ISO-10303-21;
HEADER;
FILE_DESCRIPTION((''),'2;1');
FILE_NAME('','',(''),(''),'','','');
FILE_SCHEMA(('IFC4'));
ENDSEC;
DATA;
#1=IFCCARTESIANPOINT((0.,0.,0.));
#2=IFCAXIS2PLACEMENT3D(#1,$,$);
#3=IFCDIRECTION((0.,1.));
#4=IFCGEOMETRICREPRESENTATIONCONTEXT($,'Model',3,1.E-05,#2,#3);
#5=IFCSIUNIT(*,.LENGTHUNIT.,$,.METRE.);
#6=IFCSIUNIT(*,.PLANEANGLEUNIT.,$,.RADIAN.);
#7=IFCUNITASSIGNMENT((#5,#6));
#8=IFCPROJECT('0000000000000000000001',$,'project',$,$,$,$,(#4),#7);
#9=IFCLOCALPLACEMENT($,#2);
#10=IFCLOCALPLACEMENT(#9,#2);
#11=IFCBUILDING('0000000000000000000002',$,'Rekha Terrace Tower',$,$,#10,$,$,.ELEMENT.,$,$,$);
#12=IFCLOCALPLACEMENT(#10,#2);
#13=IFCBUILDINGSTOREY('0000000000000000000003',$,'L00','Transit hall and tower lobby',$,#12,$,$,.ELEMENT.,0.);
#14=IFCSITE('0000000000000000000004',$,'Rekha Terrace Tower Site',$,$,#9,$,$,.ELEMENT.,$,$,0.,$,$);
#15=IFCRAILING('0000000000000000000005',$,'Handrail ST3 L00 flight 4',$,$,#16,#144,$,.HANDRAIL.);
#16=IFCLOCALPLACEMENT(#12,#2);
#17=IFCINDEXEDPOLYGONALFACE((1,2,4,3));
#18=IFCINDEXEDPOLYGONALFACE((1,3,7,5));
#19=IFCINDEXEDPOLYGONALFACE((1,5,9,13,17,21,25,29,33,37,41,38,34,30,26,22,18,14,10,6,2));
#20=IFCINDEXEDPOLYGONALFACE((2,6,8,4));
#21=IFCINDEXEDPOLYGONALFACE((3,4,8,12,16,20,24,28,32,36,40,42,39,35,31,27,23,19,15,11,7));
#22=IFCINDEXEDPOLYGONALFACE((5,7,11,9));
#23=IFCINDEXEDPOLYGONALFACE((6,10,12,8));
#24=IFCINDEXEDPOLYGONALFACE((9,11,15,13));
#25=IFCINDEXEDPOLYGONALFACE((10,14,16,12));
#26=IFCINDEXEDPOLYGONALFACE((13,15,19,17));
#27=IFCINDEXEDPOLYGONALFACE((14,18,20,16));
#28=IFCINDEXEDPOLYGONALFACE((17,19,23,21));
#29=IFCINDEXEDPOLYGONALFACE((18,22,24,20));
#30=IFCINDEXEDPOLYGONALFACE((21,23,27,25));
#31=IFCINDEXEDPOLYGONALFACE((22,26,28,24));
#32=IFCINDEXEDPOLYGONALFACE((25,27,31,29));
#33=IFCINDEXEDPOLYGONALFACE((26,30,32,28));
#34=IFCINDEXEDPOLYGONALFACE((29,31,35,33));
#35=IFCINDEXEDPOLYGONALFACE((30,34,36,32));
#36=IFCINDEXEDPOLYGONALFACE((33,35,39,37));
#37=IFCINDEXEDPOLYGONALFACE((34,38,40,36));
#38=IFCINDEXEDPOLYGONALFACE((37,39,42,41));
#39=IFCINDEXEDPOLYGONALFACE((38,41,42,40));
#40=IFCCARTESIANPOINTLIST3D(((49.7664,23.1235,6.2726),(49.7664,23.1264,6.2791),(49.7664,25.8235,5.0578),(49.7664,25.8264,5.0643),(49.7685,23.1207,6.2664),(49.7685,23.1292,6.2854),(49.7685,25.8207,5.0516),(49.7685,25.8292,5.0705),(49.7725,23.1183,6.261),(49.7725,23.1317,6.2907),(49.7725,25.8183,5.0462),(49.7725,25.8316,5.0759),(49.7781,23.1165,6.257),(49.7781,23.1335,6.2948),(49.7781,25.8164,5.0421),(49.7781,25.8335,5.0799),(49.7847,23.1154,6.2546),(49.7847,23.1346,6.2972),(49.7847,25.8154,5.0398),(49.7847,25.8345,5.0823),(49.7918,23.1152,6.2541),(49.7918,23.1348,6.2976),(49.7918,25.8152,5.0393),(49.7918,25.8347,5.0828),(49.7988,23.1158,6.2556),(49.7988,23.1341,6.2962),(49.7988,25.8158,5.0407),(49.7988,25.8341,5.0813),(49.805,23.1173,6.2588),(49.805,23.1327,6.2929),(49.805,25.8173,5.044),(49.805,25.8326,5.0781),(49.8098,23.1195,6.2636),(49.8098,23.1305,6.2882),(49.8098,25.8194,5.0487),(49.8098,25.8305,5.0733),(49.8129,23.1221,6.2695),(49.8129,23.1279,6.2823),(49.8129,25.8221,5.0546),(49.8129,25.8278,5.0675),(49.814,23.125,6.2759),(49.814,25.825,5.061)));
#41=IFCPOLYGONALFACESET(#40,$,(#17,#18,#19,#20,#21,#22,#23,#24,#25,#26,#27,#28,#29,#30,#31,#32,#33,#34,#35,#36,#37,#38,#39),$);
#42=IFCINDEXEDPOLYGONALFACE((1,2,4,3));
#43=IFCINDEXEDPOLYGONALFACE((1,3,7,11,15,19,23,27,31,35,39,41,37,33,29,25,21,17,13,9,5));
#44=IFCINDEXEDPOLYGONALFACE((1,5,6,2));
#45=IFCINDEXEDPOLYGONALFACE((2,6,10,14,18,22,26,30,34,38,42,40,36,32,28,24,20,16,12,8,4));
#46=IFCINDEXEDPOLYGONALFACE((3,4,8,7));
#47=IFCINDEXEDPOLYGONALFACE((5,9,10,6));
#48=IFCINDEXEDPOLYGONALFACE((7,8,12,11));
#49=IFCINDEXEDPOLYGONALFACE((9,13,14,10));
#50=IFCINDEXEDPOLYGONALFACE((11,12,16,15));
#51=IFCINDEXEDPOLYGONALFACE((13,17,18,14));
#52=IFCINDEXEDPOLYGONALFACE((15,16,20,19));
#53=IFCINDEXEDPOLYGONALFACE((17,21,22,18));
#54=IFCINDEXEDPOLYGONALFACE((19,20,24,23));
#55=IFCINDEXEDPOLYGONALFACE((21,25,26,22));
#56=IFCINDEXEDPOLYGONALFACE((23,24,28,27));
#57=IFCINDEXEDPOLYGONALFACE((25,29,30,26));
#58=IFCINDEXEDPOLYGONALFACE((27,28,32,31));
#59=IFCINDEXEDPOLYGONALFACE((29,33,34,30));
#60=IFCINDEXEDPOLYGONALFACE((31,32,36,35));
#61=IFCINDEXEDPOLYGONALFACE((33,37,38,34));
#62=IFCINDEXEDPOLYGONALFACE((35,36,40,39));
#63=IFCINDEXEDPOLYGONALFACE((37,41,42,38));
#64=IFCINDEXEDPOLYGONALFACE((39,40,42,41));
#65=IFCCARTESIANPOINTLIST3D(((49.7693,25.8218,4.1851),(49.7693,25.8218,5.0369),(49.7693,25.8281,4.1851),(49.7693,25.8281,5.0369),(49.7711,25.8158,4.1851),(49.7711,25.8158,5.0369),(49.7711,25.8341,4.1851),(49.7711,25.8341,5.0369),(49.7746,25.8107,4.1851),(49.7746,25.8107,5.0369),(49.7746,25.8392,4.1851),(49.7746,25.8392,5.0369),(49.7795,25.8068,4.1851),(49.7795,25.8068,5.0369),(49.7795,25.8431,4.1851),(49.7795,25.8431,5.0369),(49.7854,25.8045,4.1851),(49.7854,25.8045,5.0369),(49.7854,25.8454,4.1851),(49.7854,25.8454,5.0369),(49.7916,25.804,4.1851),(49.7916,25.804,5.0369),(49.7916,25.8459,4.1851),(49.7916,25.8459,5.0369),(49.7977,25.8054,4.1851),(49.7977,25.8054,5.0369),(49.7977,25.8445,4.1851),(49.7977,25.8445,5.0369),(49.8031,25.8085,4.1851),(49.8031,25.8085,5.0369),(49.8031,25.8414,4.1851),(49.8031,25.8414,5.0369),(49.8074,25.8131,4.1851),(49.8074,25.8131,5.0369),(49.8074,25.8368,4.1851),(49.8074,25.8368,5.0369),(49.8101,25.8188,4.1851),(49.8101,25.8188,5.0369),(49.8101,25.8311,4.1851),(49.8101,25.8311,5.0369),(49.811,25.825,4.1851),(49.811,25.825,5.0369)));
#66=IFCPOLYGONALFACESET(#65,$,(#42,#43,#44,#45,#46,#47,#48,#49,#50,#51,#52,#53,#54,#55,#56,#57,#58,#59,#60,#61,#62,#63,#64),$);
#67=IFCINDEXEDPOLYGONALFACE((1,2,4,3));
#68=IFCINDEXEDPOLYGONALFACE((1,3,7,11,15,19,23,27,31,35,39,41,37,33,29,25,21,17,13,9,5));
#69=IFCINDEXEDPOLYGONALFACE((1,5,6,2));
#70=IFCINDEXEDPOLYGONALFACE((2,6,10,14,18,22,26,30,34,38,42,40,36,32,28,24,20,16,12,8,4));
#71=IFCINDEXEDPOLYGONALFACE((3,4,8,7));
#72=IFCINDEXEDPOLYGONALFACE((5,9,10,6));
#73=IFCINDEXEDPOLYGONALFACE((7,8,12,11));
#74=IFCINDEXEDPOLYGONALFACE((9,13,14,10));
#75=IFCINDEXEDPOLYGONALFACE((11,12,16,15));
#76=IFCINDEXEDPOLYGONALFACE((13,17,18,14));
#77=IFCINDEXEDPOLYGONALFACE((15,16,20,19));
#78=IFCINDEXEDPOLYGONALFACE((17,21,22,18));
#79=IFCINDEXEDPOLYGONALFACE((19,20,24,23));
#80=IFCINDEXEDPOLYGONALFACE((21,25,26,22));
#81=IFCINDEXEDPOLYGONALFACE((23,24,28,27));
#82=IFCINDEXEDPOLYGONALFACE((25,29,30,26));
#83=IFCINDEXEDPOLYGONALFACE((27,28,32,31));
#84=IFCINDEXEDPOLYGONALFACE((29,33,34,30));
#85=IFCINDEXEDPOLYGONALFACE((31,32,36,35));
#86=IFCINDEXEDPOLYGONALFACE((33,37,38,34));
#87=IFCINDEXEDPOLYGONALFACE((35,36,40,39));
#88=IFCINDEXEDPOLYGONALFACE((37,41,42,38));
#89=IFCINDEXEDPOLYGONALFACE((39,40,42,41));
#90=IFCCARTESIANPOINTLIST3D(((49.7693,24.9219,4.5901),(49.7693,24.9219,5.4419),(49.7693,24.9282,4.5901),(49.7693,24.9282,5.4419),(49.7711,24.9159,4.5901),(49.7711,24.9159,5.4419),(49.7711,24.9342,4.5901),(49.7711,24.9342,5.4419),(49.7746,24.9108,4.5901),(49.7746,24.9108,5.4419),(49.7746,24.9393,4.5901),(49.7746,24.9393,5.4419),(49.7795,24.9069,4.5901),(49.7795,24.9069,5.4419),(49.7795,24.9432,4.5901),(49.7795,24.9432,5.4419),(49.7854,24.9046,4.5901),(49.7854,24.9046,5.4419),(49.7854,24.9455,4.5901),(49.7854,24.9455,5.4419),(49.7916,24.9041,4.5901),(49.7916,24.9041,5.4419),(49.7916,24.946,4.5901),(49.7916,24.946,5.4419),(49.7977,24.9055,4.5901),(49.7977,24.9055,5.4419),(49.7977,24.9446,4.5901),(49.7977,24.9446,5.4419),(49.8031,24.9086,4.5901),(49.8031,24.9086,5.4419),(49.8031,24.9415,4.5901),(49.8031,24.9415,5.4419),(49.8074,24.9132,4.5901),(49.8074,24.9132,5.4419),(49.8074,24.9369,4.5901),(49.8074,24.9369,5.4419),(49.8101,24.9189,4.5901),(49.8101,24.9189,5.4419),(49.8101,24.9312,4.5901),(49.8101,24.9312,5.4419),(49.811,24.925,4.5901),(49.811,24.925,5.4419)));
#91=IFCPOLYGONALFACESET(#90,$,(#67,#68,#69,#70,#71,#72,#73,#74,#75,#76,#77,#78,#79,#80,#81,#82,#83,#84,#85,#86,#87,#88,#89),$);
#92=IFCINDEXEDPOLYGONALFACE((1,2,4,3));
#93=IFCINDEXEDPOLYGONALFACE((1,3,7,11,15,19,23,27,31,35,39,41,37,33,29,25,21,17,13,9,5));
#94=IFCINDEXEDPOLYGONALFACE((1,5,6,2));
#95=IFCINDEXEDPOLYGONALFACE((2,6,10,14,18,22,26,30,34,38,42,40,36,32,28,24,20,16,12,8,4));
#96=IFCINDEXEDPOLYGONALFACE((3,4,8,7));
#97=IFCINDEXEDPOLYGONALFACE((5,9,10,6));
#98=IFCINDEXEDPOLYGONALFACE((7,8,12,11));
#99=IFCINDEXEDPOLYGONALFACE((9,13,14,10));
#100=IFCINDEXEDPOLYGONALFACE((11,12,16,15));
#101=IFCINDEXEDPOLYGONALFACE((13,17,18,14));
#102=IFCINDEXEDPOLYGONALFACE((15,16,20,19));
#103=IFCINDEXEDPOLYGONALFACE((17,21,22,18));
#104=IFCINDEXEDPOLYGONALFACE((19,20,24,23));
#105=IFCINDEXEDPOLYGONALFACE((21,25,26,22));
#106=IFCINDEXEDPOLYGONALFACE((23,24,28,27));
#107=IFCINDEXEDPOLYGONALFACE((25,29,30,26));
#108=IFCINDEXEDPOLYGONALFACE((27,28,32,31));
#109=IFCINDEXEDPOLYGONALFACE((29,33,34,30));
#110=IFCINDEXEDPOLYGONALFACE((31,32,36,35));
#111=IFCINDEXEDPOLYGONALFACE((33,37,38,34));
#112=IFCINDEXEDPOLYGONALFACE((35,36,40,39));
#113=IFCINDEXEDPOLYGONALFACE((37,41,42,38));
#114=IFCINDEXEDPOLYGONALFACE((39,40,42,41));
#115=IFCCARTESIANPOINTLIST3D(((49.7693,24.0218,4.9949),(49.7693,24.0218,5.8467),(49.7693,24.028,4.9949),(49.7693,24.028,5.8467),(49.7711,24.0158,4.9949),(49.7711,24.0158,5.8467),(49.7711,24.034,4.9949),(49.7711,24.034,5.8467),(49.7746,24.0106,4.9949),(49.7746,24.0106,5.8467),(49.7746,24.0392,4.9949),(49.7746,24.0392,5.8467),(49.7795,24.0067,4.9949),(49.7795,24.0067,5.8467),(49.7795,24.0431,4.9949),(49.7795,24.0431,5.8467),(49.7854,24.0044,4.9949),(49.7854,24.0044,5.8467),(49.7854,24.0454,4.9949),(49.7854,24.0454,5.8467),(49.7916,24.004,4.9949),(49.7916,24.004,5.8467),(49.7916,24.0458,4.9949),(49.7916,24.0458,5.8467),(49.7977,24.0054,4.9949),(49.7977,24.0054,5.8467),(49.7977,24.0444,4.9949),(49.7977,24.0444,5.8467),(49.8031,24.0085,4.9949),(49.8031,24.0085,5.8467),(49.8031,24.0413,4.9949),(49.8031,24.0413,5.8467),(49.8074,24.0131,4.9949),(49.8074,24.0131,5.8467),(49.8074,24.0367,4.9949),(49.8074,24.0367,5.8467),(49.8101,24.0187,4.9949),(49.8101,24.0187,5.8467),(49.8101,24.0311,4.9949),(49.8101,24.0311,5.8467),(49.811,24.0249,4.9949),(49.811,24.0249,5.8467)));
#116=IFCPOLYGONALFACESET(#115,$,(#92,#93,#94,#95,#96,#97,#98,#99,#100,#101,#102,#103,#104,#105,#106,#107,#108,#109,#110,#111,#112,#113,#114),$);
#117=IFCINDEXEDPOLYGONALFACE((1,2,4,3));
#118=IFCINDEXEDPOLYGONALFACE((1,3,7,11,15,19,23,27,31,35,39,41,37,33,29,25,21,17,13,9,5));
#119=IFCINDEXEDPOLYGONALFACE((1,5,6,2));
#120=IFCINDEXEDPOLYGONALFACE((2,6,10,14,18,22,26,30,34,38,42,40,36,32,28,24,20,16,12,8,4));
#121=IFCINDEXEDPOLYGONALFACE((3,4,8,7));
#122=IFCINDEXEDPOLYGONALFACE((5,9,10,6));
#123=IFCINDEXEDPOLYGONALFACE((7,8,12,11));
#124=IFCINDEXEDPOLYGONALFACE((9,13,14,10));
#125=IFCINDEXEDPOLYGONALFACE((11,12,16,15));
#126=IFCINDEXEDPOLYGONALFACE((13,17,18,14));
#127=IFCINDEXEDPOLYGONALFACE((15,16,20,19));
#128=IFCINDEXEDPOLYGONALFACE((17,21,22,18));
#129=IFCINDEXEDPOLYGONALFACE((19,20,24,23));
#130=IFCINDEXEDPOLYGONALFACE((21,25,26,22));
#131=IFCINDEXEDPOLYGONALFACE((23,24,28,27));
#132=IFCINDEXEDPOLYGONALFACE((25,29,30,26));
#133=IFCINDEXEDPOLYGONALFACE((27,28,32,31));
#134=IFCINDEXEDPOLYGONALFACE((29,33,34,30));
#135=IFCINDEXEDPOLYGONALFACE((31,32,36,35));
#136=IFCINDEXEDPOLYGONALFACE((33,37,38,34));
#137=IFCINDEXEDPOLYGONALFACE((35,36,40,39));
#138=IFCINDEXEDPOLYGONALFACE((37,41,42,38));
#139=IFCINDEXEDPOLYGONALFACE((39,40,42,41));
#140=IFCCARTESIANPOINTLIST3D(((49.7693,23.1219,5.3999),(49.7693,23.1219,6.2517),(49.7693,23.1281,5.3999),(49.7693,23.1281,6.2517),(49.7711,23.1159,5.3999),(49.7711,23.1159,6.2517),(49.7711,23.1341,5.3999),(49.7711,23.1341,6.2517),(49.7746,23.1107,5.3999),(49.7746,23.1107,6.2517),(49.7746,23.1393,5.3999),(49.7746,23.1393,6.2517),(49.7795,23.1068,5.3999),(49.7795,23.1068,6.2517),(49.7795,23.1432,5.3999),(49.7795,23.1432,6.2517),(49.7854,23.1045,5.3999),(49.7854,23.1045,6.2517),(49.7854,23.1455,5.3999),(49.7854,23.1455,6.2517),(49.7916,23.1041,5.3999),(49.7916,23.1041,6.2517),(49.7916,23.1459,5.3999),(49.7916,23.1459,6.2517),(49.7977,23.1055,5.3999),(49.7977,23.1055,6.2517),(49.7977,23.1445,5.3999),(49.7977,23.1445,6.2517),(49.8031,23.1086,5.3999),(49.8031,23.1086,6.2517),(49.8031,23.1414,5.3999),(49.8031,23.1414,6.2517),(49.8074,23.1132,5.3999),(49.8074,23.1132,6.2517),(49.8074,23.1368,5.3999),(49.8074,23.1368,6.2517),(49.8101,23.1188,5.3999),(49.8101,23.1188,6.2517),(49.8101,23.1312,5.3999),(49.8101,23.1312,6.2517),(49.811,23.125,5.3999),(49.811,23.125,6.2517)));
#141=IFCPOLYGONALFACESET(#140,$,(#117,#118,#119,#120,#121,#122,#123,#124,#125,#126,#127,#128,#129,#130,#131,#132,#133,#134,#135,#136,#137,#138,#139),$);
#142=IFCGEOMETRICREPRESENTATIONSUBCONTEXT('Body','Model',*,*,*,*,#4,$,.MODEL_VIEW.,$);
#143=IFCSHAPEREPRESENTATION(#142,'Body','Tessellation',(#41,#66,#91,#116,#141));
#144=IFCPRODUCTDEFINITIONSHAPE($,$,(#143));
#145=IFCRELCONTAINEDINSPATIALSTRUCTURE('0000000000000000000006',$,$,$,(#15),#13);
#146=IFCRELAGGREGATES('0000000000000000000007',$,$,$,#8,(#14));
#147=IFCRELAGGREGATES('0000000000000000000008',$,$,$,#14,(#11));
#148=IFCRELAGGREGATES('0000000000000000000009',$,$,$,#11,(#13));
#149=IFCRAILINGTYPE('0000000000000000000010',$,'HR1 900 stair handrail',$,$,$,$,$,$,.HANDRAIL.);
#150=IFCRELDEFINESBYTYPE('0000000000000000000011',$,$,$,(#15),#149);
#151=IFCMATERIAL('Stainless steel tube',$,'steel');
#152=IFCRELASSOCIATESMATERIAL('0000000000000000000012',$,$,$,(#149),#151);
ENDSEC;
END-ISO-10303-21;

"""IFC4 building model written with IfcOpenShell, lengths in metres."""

from ifc_helpers import new_model, si_unit, direction, frame, origin, origin_2d, place, context, subcontext, project, spatial, circle, extrude, material, type_object, element, save


model = new_model("IFC4")

# Units and contexts
model_context = context("Model", 3, precision=1e-05, world=origin(), true_north=direction((0.0, 1.0)))
body_context = subcontext(model_context, "Body", "Model", "MODEL_VIEW")
ifc_project = project(units=[si_unit("LENGTHUNIT", "METRE"), si_unit("PLANEANGLEUNIT", "RADIAN")], contexts=[model_context])

# Site, building, storey
site_placement = place(None, origin())
site = spatial("IfcSite", under=ifc_project, at=site_placement, Name="Rekha Terrace Tower Site", CompositionType="ELEMENT", RefElevation=0.0)
building_placement = place(site_placement, origin())
building = spatial("IfcBuilding", under=site, at=building_placement, Name="Rekha Terrace Tower", CompositionType="ELEMENT")
storey_placement = place(building_placement, origin())
storey = spatial("IfcBuildingStorey", under=building, at=storey_placement, Name="L00", Description="Transit hall and tower lobby", CompositionType="ELEMENT", Elevation=0.0)

# Railing
ifc_material_1 = material(Name="Stainless steel tube", Category="steel")
railing_type_1 = type_object("IfcRailingType", Name="HR1 900 stair handrail", PredefinedType="HANDRAIL", material=ifc_material_1)
railing_1_placement = place(storey_placement, frame((49.79, 25.825, 4.1851)))
element("IfcRailing", 1, at=railing_1_placement, inside=storey, type_object=railing_type_1, Name="Handrail ST3 L00 flight 4", PredefinedType="HANDRAIL", context=body_context, shape_type="SweptSolid", body=[
    extrude(circle(Radius=0.0239, at=origin_2d()), frame((0.0, 0.0, 0.876), z_axis=(0.0, -0.911938, 0.410327), x_axis=(1.0, 0.0, 0.0)), (0.0, 0.0, 1.0), 2.9607),
    extrude(circle(Radius=0.021, at=origin_2d()), origin(), (0.0, 0.0, 1.0), 0.8518),
    extrude(circle(Radius=0.021, at=origin_2d()), frame((0.0, -0.8999, 0.405)), (0.0, 0.0, 1.0), 0.8518),
    extrude(circle(Radius=0.021, at=origin_2d()), frame((0.0, -1.8, 0.8098)), (0.0, 0.0, 1.0), 0.8518),
    extrude(circle(Radius=0.021, at=origin_2d()), frame((0.0, -2.7, 1.2148)), (0.0, 0.0, 1.0), 0.8518),
])

save(model, "model.ifc")
